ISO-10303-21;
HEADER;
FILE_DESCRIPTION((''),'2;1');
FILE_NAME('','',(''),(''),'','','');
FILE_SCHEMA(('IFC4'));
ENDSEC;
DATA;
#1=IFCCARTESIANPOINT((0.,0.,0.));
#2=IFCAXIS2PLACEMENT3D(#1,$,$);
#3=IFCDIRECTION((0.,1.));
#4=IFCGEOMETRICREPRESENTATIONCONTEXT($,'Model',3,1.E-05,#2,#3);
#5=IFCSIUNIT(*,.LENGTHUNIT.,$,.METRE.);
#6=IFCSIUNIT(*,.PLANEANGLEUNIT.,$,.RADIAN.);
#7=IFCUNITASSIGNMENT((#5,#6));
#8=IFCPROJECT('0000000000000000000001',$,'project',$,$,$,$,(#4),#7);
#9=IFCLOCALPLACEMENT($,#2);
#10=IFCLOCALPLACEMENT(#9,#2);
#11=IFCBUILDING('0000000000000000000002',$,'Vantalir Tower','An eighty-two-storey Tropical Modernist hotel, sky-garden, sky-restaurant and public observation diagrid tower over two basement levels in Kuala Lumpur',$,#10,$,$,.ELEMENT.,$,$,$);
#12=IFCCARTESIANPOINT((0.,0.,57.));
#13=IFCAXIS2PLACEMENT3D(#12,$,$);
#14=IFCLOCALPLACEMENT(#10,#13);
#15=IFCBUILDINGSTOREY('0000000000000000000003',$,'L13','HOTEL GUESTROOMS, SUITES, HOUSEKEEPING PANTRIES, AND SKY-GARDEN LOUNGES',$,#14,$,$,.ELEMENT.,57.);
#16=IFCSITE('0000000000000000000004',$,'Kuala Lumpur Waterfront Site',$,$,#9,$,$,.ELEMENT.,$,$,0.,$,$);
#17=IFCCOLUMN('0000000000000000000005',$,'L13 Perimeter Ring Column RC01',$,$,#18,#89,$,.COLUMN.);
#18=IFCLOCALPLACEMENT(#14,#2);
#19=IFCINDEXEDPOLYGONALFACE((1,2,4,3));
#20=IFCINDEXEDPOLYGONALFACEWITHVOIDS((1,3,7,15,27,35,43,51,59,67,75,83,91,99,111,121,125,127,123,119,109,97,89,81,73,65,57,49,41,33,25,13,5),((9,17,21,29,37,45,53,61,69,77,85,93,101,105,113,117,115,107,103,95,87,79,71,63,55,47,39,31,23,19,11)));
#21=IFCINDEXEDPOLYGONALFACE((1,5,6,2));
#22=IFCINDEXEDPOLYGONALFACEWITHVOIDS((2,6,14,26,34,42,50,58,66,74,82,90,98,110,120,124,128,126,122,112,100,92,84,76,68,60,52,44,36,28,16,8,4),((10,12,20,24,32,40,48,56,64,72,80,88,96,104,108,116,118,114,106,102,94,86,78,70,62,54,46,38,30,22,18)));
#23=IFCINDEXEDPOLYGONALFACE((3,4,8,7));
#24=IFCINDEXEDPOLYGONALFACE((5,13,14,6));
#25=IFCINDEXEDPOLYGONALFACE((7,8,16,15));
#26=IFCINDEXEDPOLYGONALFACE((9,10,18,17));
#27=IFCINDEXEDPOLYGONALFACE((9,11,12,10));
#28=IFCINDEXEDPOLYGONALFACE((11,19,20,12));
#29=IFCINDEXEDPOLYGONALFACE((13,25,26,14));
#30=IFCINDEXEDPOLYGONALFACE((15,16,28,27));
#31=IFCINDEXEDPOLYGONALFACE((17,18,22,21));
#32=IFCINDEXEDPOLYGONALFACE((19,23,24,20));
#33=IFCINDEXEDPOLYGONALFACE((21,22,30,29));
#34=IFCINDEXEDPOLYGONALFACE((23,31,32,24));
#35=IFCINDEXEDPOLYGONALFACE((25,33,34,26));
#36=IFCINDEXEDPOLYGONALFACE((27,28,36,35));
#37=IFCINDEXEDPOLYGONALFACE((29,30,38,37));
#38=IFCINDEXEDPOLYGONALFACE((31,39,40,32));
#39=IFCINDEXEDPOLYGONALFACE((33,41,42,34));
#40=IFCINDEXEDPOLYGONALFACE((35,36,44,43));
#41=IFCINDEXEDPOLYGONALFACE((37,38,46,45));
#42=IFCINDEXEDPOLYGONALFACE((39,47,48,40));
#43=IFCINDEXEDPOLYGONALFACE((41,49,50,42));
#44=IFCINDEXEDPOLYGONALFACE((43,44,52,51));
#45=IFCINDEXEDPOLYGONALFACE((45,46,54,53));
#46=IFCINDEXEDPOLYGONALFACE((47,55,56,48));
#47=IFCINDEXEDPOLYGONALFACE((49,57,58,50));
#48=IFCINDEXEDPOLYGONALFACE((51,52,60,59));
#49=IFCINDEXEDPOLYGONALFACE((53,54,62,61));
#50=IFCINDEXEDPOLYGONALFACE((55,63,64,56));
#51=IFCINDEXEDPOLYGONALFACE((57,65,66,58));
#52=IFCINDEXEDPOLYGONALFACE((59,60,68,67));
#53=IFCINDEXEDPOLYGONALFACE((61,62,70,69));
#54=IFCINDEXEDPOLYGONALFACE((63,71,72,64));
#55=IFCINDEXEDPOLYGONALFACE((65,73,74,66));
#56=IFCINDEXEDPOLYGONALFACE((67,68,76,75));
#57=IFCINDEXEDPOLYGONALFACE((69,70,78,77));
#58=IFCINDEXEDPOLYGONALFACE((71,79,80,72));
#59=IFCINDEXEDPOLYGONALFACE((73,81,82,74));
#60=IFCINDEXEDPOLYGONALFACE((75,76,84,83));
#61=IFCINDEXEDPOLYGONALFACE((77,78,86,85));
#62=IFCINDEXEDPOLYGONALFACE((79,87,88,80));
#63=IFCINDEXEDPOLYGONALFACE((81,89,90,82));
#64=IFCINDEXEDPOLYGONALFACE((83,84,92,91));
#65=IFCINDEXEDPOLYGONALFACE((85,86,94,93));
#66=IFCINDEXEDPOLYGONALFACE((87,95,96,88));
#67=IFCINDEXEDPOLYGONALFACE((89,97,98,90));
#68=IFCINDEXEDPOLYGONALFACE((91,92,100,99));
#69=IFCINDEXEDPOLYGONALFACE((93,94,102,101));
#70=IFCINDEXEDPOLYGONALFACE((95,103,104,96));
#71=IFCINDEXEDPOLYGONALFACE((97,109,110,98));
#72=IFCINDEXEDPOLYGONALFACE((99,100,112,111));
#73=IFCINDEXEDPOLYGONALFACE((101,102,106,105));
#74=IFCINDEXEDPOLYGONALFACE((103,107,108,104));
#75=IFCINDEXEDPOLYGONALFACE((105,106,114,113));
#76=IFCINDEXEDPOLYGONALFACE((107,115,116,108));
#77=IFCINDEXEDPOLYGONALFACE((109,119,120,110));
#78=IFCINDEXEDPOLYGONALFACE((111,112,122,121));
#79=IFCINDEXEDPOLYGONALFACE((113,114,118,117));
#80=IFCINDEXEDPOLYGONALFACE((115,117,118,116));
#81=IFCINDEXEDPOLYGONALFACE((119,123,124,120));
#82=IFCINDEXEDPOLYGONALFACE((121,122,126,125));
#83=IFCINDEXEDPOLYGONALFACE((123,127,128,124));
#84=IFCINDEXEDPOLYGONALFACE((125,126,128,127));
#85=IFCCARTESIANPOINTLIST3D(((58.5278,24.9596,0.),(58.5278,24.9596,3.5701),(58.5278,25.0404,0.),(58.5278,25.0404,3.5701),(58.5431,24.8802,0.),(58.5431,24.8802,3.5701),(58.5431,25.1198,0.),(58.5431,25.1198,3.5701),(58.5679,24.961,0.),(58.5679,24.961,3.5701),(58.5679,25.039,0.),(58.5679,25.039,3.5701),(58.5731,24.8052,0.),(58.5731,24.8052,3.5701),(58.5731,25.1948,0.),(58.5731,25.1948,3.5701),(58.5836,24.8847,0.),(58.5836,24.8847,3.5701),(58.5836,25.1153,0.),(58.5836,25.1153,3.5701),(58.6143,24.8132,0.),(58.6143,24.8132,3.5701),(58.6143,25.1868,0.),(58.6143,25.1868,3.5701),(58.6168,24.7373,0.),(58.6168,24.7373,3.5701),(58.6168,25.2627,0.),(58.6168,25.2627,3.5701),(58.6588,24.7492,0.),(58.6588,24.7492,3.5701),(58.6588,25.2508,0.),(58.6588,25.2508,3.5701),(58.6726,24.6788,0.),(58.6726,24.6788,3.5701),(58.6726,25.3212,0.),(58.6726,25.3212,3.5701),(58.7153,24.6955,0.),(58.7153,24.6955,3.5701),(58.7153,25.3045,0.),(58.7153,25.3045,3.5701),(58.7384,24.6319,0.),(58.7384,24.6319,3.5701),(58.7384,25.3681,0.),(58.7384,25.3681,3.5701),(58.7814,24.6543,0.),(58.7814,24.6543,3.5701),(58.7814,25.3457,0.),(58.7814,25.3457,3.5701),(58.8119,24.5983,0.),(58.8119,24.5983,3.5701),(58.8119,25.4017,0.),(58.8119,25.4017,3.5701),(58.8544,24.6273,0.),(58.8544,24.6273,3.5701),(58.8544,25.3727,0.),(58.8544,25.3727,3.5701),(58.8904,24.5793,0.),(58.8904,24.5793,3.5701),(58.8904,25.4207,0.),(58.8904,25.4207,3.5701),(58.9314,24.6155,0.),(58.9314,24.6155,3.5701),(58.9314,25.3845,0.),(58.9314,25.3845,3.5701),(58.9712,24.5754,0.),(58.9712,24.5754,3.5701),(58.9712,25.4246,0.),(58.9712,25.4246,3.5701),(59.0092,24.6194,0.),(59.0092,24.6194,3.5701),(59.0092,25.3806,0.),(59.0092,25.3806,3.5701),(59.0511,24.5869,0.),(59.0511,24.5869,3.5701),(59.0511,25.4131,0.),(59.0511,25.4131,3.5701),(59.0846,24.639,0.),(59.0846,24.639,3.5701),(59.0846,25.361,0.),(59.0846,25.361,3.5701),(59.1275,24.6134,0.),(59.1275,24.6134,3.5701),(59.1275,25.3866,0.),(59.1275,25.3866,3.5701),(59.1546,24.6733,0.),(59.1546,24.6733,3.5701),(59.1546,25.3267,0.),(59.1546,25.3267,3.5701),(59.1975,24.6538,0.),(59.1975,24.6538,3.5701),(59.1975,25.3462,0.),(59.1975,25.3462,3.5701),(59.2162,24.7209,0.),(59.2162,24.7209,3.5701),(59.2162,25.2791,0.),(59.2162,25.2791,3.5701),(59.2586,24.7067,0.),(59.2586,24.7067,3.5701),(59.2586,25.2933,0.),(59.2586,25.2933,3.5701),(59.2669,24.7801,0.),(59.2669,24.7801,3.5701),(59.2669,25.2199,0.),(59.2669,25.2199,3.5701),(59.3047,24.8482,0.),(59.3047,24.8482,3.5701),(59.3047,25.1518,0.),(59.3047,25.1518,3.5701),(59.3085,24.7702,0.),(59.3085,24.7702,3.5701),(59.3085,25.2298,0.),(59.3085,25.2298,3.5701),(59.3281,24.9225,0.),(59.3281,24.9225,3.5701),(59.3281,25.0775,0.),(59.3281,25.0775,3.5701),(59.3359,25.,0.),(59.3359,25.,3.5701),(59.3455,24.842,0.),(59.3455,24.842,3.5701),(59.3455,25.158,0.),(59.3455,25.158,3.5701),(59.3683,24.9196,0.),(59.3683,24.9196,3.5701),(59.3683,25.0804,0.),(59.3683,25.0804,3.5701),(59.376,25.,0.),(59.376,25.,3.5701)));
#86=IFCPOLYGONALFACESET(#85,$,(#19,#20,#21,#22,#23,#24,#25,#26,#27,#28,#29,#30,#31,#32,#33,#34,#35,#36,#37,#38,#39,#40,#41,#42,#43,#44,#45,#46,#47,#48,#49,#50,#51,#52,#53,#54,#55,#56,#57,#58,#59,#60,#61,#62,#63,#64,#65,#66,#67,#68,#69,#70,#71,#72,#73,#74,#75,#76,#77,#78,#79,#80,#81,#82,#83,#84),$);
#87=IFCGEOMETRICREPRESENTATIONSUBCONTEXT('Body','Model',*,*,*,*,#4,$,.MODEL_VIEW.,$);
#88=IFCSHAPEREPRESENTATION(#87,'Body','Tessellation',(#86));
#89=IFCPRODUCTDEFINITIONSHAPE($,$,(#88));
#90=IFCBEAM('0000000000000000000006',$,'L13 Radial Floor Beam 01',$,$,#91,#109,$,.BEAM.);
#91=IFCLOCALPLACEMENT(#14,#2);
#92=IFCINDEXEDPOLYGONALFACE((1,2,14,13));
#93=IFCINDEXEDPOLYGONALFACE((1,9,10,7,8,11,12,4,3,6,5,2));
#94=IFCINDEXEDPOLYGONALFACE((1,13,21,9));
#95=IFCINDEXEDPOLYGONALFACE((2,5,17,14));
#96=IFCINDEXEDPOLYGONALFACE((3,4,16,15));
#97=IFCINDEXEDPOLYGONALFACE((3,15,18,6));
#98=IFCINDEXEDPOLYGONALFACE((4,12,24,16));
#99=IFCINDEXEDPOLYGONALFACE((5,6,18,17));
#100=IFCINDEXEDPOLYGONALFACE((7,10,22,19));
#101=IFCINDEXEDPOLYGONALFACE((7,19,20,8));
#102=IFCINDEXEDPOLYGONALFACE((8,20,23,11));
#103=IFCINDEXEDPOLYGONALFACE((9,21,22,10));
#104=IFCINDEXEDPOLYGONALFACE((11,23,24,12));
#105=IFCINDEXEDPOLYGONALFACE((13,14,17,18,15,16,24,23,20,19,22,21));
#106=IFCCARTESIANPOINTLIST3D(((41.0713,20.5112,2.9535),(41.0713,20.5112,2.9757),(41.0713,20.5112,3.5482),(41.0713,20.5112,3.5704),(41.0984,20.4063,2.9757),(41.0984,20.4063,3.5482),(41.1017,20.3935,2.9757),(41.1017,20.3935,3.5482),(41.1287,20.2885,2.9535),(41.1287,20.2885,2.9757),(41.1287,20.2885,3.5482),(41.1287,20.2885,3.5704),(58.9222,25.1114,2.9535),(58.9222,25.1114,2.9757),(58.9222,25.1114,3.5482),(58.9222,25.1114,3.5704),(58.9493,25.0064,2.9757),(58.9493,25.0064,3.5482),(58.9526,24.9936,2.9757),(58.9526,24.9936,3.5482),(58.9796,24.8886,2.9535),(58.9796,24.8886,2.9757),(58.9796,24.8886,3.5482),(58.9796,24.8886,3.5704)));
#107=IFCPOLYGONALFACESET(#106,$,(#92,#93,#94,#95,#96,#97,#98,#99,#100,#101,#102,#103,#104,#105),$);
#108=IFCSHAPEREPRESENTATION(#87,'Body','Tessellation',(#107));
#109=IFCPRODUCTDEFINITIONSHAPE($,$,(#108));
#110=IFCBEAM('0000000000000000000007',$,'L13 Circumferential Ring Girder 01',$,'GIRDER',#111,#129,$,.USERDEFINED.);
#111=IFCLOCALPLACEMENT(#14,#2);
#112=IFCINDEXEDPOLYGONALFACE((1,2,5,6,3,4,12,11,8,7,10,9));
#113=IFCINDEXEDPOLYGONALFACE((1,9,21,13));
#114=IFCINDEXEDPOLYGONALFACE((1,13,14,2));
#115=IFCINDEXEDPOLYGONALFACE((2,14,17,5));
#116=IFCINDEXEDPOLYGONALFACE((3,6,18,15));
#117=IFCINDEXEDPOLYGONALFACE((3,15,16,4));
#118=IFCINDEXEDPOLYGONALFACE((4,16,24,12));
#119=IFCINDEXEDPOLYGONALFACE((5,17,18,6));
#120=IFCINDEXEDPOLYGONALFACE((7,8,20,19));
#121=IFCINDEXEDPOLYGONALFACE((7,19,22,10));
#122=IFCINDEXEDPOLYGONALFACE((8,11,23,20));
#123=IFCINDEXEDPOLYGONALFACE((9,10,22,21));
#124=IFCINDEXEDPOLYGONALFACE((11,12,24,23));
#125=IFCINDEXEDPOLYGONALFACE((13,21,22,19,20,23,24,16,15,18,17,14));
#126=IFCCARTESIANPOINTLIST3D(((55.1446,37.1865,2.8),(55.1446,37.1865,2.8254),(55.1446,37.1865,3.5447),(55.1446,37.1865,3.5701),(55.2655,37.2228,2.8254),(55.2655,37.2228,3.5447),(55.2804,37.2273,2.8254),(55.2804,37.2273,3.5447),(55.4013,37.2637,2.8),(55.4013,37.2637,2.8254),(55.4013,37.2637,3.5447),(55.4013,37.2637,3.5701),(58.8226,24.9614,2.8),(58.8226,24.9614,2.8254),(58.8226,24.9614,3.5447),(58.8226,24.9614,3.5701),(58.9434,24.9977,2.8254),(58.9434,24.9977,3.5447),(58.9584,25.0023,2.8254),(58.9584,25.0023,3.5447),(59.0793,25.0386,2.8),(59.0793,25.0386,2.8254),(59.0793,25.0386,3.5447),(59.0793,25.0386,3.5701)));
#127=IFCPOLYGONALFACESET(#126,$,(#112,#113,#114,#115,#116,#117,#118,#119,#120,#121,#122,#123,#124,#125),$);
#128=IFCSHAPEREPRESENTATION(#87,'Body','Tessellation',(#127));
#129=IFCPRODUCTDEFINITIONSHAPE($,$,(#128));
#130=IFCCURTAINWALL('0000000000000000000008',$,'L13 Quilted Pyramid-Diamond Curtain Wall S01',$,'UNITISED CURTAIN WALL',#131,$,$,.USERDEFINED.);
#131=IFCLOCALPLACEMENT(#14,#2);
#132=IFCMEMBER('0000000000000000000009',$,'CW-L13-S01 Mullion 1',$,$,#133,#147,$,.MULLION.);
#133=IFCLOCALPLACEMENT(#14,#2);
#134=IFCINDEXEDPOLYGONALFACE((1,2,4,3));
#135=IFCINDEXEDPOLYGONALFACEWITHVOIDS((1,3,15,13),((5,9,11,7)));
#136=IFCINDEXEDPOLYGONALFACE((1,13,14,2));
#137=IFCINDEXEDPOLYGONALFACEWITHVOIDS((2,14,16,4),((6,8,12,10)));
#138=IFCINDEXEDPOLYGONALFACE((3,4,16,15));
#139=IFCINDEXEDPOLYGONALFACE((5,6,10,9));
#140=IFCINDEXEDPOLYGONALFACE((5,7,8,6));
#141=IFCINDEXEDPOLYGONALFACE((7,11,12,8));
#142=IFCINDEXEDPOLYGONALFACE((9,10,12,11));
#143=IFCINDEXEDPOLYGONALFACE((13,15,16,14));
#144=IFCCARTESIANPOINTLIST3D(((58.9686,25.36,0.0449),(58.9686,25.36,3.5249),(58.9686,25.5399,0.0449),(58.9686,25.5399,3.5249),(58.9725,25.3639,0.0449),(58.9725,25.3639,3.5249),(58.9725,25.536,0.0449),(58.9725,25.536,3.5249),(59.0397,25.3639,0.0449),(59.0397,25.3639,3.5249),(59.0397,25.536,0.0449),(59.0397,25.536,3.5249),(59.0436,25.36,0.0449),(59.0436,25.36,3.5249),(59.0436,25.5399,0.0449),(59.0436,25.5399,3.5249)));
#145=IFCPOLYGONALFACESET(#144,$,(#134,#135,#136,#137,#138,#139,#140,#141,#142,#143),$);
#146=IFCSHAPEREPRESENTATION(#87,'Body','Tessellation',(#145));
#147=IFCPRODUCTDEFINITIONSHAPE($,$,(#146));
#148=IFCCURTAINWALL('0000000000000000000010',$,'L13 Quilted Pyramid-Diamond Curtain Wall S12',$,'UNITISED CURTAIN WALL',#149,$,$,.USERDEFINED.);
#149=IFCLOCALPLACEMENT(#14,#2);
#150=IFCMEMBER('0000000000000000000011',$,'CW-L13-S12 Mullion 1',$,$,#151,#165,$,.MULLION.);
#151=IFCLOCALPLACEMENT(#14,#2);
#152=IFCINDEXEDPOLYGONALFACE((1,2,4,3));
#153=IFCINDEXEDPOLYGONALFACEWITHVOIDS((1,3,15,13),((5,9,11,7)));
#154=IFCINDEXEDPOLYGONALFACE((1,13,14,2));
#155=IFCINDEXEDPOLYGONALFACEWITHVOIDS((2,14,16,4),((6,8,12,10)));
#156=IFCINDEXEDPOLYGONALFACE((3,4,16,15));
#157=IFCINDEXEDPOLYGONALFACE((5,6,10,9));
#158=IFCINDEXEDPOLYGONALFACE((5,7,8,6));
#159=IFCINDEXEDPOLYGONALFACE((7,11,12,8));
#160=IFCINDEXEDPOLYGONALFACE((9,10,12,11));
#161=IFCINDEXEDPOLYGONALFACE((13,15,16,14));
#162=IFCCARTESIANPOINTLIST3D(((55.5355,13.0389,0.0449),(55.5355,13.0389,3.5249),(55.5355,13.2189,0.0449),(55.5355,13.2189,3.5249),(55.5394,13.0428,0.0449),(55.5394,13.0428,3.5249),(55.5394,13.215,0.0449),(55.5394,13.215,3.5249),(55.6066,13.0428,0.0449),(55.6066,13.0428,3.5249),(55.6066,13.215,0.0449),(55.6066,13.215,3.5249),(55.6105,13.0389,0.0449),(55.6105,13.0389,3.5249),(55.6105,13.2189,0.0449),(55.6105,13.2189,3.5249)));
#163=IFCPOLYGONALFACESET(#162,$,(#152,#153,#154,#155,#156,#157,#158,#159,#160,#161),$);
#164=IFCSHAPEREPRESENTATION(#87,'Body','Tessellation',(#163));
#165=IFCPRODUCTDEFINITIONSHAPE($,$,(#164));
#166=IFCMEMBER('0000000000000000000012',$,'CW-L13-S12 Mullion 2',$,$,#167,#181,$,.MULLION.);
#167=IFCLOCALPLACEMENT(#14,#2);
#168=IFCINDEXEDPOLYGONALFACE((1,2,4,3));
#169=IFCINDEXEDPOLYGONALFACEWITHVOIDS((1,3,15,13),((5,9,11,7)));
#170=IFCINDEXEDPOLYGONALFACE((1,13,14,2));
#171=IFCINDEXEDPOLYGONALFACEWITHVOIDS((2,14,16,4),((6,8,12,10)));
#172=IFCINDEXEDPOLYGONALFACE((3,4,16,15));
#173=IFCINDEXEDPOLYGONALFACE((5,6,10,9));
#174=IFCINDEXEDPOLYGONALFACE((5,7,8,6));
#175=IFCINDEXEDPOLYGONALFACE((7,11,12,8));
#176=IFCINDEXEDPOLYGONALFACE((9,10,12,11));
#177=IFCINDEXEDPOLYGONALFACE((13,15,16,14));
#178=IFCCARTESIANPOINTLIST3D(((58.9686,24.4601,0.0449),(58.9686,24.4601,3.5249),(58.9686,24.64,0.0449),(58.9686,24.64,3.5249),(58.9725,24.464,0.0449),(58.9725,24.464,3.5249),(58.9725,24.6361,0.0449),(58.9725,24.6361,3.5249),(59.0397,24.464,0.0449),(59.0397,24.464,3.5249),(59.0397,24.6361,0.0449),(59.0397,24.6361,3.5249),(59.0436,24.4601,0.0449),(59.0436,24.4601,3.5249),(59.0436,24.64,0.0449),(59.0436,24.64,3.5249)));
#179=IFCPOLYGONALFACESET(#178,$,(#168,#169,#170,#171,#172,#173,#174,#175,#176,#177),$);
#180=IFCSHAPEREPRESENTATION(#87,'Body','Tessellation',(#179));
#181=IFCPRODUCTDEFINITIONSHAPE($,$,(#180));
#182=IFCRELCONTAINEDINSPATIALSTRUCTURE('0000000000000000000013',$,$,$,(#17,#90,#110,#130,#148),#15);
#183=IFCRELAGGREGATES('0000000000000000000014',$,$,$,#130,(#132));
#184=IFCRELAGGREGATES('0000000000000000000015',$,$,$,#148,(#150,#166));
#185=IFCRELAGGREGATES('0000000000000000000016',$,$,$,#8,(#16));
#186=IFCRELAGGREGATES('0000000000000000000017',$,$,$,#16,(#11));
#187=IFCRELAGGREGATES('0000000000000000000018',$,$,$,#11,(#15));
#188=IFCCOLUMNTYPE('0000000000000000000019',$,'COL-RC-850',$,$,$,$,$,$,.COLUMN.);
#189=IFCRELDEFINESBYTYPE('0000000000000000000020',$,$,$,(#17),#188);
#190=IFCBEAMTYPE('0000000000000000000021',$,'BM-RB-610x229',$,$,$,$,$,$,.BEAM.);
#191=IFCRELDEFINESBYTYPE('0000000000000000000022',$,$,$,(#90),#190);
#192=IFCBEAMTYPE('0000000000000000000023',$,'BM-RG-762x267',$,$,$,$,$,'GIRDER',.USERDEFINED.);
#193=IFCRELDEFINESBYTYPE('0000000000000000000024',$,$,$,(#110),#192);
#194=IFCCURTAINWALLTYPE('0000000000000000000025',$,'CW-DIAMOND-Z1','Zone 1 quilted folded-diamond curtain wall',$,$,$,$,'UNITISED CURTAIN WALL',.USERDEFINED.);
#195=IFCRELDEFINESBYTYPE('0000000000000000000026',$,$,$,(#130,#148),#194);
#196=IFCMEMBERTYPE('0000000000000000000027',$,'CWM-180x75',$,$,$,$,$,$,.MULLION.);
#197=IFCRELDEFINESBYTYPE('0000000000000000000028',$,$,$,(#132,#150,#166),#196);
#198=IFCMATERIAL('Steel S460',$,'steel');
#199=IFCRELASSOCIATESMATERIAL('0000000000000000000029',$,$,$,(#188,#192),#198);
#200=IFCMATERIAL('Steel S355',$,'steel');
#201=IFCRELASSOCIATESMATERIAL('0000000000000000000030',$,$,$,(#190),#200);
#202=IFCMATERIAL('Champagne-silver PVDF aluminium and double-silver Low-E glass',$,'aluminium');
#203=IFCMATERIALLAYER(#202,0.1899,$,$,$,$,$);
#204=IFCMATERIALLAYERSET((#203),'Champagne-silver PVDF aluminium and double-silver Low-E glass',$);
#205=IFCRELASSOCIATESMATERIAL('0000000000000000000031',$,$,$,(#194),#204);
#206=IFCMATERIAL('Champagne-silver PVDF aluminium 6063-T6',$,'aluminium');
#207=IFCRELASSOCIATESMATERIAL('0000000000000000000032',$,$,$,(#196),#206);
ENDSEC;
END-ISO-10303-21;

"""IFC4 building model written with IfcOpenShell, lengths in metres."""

from ifc_helpers import new_model, si_unit, direction, frame, origin, origin_2d, place, context, subcontext, project, spatial, hollow_rectangle, hollow_circle, i_section, extrude, material, layer, layer_set, material_profile, profile_set, type_object, element, aggregate, save


model = new_model("IFC4")

# Units and contexts
model_context = context("Model", 3, precision=1e-05, world=origin(), true_north=direction((0.0, 1.0)))
body_context = subcontext(model_context, "Body", "Model", "MODEL_VIEW")
ifc_project = project(units=[si_unit("LENGTHUNIT", "METRE"), si_unit("PLANEANGLEUNIT", "RADIAN")], contexts=[model_context])

# Site, building, storey
site_placement = place(None, origin())
site = spatial("IfcSite", under=ifc_project, at=site_placement, Name="Kuala Lumpur Waterfront Site", CompositionType="ELEMENT", RefElevation=0.0)
building_placement = place(site_placement, origin())
building = spatial("IfcBuilding", under=site, at=building_placement, Name="Vantalir Tower", Description="An eighty-two-storey Tropical Modernist hotel, sky-garden, sky-restaurant and public observation diagrid tower over two basement levels in Kuala Lumpur", CompositionType="ELEMENT")
storey_placement = place(building_placement, frame((0.0, 0.0, 57.0)))
storey = spatial("IfcBuildingStorey", under=building, at=storey_placement, Name="L13", Description="HOTEL GUESTROOMS, SUITES, HOUSEKEEPING PANTRIES, AND SKY-GARDEN LOUNGES", CompositionType="ELEMENT", Elevation=57.0)

# Column
ifc_material_1 = material(Name="Steel S460", Category="steel")
ifc_material_profile_1 = material_profile(ifc_material_1, hollow_circle(Radius=0.425, WallThickness=0.04, at=origin_2d()), Name="Steel S460")
ifc_profile_set_1 = profile_set([ifc_material_profile_1], Name="Steel S460")
column_type = type_object("IfcColumnType", Name="COL-RC-850", PredefinedType="COLUMN", material=ifc_profile_set_1)
column_placement = place(storey_placement, frame((58.9509, 25.0, 0.0), z_axis=(0.0, 0.0, 1.0), x_axis=(1.0, 0.0, 0.0)))
element("IfcColumn", 1, at=column_placement, inside=storey, type_object=column_type, Name="L13 Perimeter Ring Column RC01", PredefinedType="COLUMN", context=body_context, shape_type="SweptSolid", body=[
    extrude(hollow_circle(Radius=0.425, WallThickness=0.04, at=origin_2d()), origin(), (0.0, 0.0, 1.0), 3.5701),
])

# Beams
ifc_material_2 = material(Name="Steel S355", Category="steel")
ifc_material_profile_2 = material_profile(ifc_material_2, i_section(OverallWidth=0.23, OverallDepth=0.6169, WebThickness=0.0132, FlangeThickness=0.0222, at=origin_2d()), Name="Steel S355")
ifc_profile_set_2 = profile_set([ifc_material_profile_2], Name="Steel S355")
beam_type_1 = type_object("IfcBeamType", Name="BM-RB-610x229", PredefinedType="BEAM", material=ifc_profile_set_2)
beam_1_placement = place(storey_placement, frame((58.9509, 25.0, 3.262), z_axis=(-0.968363, -0.249544, 0.0), x_axis=(0.249544, -0.968363, 0.0)))
element("IfcBeam", 2, at=beam_1_placement, inside=storey, type_object=beam_type_1, Name="L13 Radial Floor Beam 01", PredefinedType="BEAM", context=body_context, shape_type="SweptSolid", body=[
    extrude(i_section(OverallWidth=0.23, OverallDepth=0.6169, WebThickness=0.0132, FlangeThickness=0.0222, at=origin_2d()), origin(), (0.0, 0.0, 1.0), 18.4341),
])
ifc_material_profile_3 = material_profile(ifc_material_1, i_section(OverallWidth=0.2681, OverallDepth=0.77, WebThickness=0.0156, FlangeThickness=0.0254, at=origin_2d()), Name="Steel S460")
ifc_profile_set_3 = profile_set([ifc_material_profile_3], Name="Steel S460")
beam_type_2 = type_object("IfcBeamType", Name="BM-RG-762x267", ElementType="GIRDER", PredefinedType="USERDEFINED", material=ifc_profile_set_3)
beam_2_placement = place(storey_placement, frame((58.9509, 25.0, 3.1851), z_axis=(-0.288099, 0.957601, 0.0), x_axis=(-0.957601, -0.288099, 0.0)))
element("IfcBeam", 3, at=beam_2_placement, inside=storey, type_object=beam_type_2, Name="L13 Circumferential Ring Girder 01", ObjectType="GIRDER", PredefinedType="USERDEFINED", context=body_context, shape_type="SweptSolid", body=[
    extrude(i_section(OverallWidth=0.2681, OverallDepth=0.77, WebThickness=0.0156, FlangeThickness=0.0254, at=origin_2d()), origin(), (0.0, 0.0, 1.0), 12.7664),
])

# Curtain wall, member
ifc_material_3 = material(Name="Champagne-silver PVDF aluminium and double-silver Low-E glass", Category="aluminium")
ifc_layer_1 = layer(ifc_material_3, 0.1899)
ifc_layer_set_1 = layer_set([ifc_layer_1], Name="Champagne-silver PVDF aluminium and double-silver Low-E glass")
curtain_wall_type = type_object("IfcCurtainWallType", Name="CW-DIAMOND-Z1", Description="Zone 1 quilted folded-diamond curtain wall", ElementType="UNITISED CURTAIN WALL", PredefinedType="USERDEFINED", material=ifc_layer_set_1)
curtain_wall_1_placement = place(storey_placement, origin())
curtain_wall_1 = element("IfcCurtainWall", 4, at=curtain_wall_1_placement, inside=storey, type_object=curtain_wall_type, Name="L13 Quilted Pyramid-Diamond Curtain Wall S01", ObjectType="UNITISED CURTAIN WALL", PredefinedType="USERDEFINED")
ifc_material_4 = material(Name="Champagne-silver PVDF aluminium 6063-T6", Category="aluminium")
ifc_material_profile_4 = material_profile(ifc_material_4, hollow_rectangle(XDim=0.075, YDim=0.1799, WallThickness=0.0039, at=origin_2d()), Name="Champagne-silver PVDF aluminium 6063-T6")
ifc_profile_set_4 = profile_set([ifc_material_profile_4], Name="Champagne-silver PVDF aluminium 6063-T6")
member_type_1 = type_object("IfcMemberType", Name="CWM-180x75", PredefinedType="MULLION", material=ifc_profile_set_4)
member_1_placement = place(storey_placement, frame((59.0061, 25.45, 0.0449), z_axis=(0.0, 0.0, 1.0), x_axis=(1.0, 0.0, 0.0)))
member_1 = element("IfcMember", 5, at=member_1_placement, type_object=member_type_1, Name="CW-L13-S01 Mullion 1", PredefinedType="MULLION", context=body_context, shape_type="SweptSolid", body=[
    extrude(hollow_rectangle(XDim=0.075, YDim=0.1799, WallThickness=0.0039, at=origin_2d()), origin(), (0.0, 0.0, 1.0), 3.48),
])

# Curtain wall, members
curtain_wall_2_placement = place(storey_placement, origin())
curtain_wall_2 = element("IfcCurtainWall", 6, at=curtain_wall_2_placement, inside=storey, type_object=curtain_wall_type, Name="L13 Quilted Pyramid-Diamond Curtain Wall S12", ObjectType="UNITISED CURTAIN WALL", PredefinedType="USERDEFINED")
member_2_placement = place(storey_placement, frame((55.573, 13.1289, 0.0449), z_axis=(0.0, 0.0, 1.0), x_axis=(1.0, 0.0, 0.0)))
member_2 = element("IfcMember", 7, at=member_2_placement, type_object=member_type_1, Name="CW-L13-S12 Mullion 1", PredefinedType="MULLION", context=body_context, shape_type="SweptSolid", body=[
    extrude(hollow_rectangle(XDim=0.075, YDim=0.1799, WallThickness=0.0039, at=origin_2d()), origin(), (0.0, 0.0, 1.0), 3.48),
])
member_3_placement = place(storey_placement, frame((59.0061, 24.55, 0.0449), z_axis=(0.0, 0.0, 1.0), x_axis=(1.0, 0.0, 0.0)))
member_3 = element("IfcMember", 8, at=member_3_placement, type_object=member_type_1, Name="CW-L13-S12 Mullion 2", PredefinedType="MULLION", context=body_context, shape_type="SweptSolid", body=[
    extrude(hollow_rectangle(XDim=0.075, YDim=0.1799, WallThickness=0.0039, at=origin_2d()), origin(), (0.0, 0.0, 1.0), 3.48),
])

aggregate(curtain_wall_1, [member_1])
aggregate(curtain_wall_2, [member_2, member_3])

save(model, "model.ifc")
